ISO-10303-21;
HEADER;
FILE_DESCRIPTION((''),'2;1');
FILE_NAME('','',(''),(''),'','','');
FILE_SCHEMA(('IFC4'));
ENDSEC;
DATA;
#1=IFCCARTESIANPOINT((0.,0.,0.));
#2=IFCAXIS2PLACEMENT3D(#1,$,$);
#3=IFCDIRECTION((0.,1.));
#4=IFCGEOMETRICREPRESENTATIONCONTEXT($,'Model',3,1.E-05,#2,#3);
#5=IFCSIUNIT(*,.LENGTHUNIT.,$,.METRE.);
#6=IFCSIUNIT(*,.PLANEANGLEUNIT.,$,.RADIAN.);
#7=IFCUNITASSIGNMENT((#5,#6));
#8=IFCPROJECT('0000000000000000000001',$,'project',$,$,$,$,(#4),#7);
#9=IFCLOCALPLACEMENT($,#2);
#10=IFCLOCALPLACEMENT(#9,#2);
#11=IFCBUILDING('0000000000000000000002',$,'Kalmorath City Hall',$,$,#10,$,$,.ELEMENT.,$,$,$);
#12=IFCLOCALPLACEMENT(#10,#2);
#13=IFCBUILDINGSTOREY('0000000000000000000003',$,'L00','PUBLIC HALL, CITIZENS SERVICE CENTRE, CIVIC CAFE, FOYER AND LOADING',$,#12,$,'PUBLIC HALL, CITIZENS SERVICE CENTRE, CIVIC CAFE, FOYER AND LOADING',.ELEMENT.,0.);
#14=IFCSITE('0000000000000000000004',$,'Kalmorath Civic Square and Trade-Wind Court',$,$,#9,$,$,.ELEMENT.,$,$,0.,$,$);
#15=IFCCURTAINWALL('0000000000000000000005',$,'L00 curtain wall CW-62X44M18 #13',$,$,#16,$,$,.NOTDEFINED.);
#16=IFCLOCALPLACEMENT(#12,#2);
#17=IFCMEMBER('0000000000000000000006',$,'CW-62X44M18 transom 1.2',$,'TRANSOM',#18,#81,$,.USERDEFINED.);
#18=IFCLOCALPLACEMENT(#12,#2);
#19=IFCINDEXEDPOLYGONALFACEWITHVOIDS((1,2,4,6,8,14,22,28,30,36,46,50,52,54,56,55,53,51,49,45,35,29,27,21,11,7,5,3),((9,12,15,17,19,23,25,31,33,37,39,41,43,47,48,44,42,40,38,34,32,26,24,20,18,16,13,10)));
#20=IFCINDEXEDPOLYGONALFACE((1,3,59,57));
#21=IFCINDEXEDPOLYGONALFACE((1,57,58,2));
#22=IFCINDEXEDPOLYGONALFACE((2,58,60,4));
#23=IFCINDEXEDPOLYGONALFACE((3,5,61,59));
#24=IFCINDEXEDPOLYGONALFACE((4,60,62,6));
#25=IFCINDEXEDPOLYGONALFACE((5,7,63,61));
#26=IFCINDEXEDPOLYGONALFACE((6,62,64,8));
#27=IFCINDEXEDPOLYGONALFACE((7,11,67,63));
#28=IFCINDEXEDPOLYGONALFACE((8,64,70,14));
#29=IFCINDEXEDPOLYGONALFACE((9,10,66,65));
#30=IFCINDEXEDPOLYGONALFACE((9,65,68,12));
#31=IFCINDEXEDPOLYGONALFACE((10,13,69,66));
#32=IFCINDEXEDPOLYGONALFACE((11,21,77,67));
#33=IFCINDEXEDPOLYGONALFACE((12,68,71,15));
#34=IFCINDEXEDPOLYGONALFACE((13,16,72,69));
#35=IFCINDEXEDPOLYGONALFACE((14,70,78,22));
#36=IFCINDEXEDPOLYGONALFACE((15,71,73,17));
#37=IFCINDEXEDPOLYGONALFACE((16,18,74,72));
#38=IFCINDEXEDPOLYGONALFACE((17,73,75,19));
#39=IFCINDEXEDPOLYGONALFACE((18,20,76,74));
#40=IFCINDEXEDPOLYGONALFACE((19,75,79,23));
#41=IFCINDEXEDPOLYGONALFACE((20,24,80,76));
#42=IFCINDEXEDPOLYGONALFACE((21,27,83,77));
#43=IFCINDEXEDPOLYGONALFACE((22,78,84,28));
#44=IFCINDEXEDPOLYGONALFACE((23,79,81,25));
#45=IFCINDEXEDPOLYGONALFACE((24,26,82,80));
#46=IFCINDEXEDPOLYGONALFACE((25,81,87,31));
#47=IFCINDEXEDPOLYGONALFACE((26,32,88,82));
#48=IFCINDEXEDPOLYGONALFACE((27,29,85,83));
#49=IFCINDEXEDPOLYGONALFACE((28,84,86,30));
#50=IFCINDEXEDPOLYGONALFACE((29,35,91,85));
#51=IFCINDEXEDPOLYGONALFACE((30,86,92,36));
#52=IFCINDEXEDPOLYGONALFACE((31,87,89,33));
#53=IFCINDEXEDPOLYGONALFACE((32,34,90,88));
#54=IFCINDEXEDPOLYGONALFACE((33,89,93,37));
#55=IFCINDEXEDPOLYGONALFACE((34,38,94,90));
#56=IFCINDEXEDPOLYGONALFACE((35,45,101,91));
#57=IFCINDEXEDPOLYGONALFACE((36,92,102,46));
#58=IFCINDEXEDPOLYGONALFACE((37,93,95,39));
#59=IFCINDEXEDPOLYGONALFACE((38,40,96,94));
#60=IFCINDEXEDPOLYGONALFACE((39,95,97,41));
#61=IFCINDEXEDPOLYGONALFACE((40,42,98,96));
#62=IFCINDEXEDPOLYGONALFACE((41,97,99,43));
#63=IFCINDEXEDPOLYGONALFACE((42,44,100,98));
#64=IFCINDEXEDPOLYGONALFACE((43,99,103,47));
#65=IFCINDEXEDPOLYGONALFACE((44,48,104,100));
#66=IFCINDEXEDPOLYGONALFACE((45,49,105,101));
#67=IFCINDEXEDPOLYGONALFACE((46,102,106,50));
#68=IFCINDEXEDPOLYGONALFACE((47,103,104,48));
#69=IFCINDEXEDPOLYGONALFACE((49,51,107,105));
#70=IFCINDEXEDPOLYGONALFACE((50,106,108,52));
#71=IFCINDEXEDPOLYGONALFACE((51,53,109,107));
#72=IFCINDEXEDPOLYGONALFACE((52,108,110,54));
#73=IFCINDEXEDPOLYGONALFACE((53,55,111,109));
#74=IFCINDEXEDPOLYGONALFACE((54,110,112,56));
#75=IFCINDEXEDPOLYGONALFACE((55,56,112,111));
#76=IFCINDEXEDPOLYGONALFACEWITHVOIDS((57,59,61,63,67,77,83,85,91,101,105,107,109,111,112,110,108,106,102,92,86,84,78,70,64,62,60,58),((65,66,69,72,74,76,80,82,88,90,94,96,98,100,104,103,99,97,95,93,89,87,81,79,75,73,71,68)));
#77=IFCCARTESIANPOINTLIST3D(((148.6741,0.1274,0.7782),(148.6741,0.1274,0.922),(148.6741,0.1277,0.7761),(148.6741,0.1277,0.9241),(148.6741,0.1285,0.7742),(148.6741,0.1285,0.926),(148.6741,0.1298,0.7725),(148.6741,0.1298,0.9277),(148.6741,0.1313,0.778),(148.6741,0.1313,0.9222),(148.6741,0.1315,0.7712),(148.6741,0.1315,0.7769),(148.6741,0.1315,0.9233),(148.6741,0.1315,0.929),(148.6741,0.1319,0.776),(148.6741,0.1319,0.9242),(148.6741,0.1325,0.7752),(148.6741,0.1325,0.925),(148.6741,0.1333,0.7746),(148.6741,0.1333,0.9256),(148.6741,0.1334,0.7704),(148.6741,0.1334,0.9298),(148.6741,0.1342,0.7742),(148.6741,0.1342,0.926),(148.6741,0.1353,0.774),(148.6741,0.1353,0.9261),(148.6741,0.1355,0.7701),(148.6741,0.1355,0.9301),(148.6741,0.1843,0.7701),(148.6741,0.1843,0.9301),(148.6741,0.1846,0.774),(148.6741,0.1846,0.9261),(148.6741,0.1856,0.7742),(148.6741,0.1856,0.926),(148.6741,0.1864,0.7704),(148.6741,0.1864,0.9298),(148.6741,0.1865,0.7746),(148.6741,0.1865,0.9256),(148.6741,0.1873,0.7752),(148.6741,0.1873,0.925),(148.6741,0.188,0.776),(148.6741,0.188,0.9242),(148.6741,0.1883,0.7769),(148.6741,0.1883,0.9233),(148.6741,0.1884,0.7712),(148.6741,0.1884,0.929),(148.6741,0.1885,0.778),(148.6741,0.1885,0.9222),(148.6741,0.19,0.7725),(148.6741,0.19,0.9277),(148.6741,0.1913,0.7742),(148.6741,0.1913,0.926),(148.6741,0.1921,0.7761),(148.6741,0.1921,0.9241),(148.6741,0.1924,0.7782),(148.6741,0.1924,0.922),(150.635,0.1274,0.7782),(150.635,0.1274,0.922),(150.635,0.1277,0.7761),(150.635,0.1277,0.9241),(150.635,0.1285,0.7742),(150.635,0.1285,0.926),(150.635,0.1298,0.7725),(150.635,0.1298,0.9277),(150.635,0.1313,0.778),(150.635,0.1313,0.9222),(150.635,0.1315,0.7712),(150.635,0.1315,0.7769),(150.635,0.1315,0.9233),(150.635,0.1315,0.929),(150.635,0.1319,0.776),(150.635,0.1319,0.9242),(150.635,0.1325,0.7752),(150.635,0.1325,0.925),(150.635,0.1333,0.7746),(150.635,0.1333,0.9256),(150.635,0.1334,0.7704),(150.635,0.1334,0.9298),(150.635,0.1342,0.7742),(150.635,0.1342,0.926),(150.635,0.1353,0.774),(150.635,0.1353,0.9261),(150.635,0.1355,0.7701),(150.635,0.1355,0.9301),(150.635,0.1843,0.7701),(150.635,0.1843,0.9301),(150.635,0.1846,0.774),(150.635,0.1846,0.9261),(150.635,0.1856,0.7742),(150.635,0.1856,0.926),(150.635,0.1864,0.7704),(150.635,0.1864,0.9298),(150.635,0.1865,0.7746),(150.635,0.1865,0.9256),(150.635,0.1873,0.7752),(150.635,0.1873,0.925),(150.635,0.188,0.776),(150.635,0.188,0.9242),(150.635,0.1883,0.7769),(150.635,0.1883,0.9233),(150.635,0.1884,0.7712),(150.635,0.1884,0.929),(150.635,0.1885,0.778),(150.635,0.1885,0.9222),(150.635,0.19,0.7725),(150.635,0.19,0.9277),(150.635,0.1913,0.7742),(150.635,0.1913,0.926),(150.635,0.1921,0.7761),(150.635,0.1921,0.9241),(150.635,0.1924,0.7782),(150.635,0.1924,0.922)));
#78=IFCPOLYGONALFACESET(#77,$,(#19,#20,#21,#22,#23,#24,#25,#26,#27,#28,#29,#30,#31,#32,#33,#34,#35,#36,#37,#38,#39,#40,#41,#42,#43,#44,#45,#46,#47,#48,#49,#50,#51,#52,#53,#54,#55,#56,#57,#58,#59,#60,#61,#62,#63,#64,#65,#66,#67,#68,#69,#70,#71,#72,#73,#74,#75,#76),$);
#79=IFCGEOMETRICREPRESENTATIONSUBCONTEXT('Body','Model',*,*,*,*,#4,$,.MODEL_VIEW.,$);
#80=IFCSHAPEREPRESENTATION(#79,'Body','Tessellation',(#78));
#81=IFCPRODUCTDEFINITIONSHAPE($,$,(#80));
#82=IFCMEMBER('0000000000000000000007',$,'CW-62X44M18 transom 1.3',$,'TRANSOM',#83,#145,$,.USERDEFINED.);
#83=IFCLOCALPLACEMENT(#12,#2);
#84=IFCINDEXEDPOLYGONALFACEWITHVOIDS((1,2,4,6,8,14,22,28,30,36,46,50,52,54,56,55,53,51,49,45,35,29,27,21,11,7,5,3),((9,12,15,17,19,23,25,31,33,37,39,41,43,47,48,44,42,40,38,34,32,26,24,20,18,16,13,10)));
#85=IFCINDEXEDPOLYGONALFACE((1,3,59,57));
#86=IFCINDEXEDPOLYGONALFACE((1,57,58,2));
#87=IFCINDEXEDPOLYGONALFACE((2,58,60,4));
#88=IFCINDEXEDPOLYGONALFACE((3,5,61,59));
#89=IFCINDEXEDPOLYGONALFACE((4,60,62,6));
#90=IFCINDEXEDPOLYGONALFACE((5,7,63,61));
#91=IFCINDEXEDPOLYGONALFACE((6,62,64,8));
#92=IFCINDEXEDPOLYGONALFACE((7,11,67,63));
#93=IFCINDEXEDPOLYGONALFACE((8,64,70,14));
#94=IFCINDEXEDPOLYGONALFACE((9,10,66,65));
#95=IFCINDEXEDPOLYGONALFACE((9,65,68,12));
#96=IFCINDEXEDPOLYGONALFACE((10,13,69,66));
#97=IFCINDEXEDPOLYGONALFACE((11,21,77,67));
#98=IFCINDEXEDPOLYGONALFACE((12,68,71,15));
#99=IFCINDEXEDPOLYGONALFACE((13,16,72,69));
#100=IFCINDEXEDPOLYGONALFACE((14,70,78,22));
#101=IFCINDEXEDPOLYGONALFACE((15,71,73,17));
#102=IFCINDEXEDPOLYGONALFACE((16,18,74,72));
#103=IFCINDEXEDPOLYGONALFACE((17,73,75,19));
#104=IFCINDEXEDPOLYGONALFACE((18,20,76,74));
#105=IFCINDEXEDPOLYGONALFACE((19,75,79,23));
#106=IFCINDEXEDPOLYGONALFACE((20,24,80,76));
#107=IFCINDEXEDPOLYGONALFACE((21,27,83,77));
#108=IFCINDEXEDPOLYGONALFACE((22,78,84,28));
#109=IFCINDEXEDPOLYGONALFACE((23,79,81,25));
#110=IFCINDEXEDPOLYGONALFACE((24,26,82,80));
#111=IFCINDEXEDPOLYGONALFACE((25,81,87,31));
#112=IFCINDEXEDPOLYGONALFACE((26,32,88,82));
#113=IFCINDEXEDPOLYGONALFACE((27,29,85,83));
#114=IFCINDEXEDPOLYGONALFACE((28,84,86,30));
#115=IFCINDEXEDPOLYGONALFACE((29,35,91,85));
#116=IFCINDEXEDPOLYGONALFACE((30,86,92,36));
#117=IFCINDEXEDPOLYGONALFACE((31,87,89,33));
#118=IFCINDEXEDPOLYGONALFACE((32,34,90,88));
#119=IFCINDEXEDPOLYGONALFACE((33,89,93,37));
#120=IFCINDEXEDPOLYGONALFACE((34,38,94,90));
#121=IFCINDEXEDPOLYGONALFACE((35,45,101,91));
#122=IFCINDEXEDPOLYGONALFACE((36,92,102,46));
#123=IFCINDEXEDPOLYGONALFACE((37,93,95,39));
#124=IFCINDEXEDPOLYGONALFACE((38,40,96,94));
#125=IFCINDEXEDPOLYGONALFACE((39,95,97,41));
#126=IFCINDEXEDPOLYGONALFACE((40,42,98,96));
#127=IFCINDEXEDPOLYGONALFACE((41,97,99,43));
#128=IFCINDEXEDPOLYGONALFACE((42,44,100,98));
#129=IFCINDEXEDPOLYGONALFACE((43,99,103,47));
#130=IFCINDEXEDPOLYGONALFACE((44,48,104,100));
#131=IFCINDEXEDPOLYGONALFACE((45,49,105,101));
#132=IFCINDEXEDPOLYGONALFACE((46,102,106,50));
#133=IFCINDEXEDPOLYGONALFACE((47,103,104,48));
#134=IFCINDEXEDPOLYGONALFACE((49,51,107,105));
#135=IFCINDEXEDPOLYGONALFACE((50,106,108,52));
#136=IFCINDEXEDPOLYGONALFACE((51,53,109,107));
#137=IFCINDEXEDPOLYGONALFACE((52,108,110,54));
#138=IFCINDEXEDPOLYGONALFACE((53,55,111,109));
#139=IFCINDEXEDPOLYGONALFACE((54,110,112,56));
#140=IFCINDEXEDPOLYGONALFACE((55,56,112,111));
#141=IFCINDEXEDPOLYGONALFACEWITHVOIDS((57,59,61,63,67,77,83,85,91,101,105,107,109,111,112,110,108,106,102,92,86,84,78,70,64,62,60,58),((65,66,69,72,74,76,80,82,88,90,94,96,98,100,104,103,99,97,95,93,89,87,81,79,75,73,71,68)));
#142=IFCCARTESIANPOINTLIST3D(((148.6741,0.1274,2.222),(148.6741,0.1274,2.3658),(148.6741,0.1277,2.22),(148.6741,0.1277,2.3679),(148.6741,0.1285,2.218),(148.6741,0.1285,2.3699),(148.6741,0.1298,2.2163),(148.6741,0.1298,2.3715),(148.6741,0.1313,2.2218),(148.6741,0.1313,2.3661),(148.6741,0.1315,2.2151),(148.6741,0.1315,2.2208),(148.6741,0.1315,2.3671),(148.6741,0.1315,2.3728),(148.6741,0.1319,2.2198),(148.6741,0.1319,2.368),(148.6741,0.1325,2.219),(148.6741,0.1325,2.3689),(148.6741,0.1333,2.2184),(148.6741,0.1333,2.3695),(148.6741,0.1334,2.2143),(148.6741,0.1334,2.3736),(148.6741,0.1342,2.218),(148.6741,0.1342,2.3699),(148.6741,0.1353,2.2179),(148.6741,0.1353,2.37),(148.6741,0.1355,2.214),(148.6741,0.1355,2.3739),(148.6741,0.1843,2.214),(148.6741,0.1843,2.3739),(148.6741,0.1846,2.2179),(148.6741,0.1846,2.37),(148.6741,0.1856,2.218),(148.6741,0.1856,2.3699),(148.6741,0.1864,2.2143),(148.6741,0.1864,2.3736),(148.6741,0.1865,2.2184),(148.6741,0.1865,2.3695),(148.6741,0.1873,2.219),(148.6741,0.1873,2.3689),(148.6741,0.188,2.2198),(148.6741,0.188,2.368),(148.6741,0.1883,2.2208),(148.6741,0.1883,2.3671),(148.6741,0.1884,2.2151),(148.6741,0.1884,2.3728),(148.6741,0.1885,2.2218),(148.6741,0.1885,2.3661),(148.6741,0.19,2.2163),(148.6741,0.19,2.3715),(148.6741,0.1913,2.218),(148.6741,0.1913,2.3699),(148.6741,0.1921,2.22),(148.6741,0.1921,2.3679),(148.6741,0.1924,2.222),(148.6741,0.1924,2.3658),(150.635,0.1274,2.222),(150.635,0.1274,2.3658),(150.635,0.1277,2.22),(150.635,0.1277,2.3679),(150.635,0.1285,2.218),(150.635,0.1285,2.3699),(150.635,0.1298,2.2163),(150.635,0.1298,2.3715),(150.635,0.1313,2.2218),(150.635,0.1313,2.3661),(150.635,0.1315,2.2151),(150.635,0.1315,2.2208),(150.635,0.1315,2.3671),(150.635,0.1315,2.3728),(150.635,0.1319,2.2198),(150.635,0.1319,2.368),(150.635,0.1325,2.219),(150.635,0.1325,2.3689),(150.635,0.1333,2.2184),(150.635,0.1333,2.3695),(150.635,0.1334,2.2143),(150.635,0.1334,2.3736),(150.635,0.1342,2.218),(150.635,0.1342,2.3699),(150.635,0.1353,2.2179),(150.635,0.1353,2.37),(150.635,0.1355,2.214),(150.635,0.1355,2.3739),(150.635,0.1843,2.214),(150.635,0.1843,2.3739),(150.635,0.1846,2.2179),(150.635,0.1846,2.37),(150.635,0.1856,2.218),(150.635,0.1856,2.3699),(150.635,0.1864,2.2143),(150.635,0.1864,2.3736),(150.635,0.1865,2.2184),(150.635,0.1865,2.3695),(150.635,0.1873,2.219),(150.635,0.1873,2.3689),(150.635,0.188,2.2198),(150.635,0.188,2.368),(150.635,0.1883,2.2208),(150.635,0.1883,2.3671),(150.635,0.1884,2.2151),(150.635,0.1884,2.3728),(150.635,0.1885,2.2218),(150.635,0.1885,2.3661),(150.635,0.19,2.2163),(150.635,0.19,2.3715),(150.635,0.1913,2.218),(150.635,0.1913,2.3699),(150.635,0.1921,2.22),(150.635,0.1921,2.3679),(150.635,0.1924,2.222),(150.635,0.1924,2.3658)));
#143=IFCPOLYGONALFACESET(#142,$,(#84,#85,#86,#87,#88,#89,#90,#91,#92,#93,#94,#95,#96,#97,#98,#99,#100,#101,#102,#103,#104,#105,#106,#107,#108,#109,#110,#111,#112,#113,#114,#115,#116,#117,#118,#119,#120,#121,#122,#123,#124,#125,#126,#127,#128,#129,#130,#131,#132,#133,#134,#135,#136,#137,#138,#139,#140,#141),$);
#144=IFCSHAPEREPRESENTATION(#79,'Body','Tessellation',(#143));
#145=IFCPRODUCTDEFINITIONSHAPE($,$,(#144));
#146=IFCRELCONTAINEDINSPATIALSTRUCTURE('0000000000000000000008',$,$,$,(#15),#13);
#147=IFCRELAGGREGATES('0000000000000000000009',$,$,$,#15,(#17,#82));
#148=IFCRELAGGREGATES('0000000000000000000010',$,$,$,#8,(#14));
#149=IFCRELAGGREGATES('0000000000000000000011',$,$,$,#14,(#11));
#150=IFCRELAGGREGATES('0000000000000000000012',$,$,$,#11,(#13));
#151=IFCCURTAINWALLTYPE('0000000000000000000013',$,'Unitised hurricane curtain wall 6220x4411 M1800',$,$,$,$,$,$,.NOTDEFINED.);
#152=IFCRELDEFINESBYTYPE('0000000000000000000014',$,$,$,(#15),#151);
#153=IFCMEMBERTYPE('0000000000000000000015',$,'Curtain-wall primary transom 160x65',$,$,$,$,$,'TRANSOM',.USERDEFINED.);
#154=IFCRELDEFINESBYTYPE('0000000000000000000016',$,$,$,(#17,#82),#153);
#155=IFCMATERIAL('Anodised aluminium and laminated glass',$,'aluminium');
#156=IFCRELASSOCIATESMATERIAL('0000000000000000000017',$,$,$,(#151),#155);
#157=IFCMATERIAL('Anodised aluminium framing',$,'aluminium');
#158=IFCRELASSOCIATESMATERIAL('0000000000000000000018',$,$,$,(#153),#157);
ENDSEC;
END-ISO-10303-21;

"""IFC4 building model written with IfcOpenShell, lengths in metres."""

from ifc_helpers import new_model, si_unit, direction, frame, origin, origin_2d, place, context, subcontext, project, spatial, hollow_rectangle, extrude, material, material_profile, profile_set, type_object, element, aggregate, save


model = new_model("IFC4")

# Units and contexts
model_context = context("Model", 3, precision=1e-05, world=origin(), true_north=direction((0.0, 1.0)))
body_context = subcontext(model_context, "Body", "Model", "MODEL_VIEW")
ifc_project = project(units=[si_unit("LENGTHUNIT", "METRE"), si_unit("PLANEANGLEUNIT", "RADIAN")], contexts=[model_context])

# Site, building, storey
site_placement = place(None, origin())
site = spatial("IfcSite", under=ifc_project, at=site_placement, Name="Kalmorath Civic Square and Trade-Wind Court", CompositionType="ELEMENT", RefElevation=0.0)
building_placement = place(site_placement, origin())
building = spatial("IfcBuilding", under=site, at=building_placement, Name="Kalmorath City Hall", CompositionType="ELEMENT")
storey_placement = place(building_placement, origin())
storey = spatial("IfcBuildingStorey", under=building, at=storey_placement, Name="L00", Description="PUBLIC HALL, CITIZENS SERVICE CENTRE, CIVIC CAFE, FOYER AND LOADING", LongName="PUBLIC HALL, CITIZENS SERVICE CENTRE, CIVIC CAFE, FOYER AND LOADING", CompositionType="ELEMENT", Elevation=0.0)

# Shared definitions
ifc_material_1 = material(Name="Anodised aluminium and laminated glass", Category="aluminium")
curtain_wall_type = type_object("IfcCurtainWallType", Name="Unitised hurricane curtain wall 6220x4411 M1800", PredefinedType="NOTDEFINED", material=ifc_material_1)

# Curtain wall
curtain_wall_1_placement = place(storey_placement, origin())
curtain_wall_1 = element("IfcCurtainWall", 1, at=curtain_wall_1_placement, inside=storey, type_object=curtain_wall_type, Name="L00 curtain wall CW-62X44M18 #13", PredefinedType="NOTDEFINED")

# Members
ifc_material_2 = material(Name="Anodised aluminium framing", Category="aluminium")
ifc_material_profile_1 = material_profile(ifc_material_2, hollow_rectangle(XDim=0.0649, YDim=0.1599, WallThickness=0.0039, InnerFilletRadius=0.0039, OuterFilletRadius=0.0081, at=origin_2d()), Name="ALU-TRN-160X65X4")
ifc_profile_set_1 = profile_set([ifc_material_profile_1], Name="Anodised aluminium framing")
member_type_1 = type_object("IfcMemberType", Name="Curtain-wall primary transom 160x65", ElementType="TRANSOM", PredefinedType="USERDEFINED", material=ifc_profile_set_1)
member_1_placement = place(storey_placement, frame((150.635, 0.1599, 0.8501), z_axis=(-1.0, 0.0, 0.0), x_axis=(0.0, -1.0, 0.0)))
member_1 = element("IfcMember", 2, at=member_1_placement, type_object=member_type_1, Name="CW-62X44M18 transom 1.2", ObjectType="TRANSOM", PredefinedType="USERDEFINED", context=body_context, shape_type="SweptSolid", body=[
    extrude(hollow_rectangle(XDim=0.0649, YDim=0.1599, WallThickness=0.0039, InnerFilletRadius=0.0039, OuterFilletRadius=0.0081, at=origin_2d()), origin(), (0.0, 0.0, 1.0), 1.9609),
])
member_2_placement = place(storey_placement, frame((150.635, 0.1599, 2.2939), z_axis=(-1.0, 0.0, 0.0), x_axis=(0.0, -1.0, 0.0)))
member_2 = element("IfcMember", 3, at=member_2_placement, type_object=member_type_1, Name="CW-62X44M18 transom 1.3", ObjectType="TRANSOM", PredefinedType="USERDEFINED", context=body_context, shape_type="SweptSolid", body=[
    extrude(hollow_rectangle(XDim=0.0649, YDim=0.1599, WallThickness=0.0039, InnerFilletRadius=0.0039, OuterFilletRadius=0.0081, at=origin_2d()), origin(), (0.0, 0.0, 1.0), 1.9609),
])

aggregate(curtain_wall_1, [member_1, member_2])

save(model, "model.ifc")
